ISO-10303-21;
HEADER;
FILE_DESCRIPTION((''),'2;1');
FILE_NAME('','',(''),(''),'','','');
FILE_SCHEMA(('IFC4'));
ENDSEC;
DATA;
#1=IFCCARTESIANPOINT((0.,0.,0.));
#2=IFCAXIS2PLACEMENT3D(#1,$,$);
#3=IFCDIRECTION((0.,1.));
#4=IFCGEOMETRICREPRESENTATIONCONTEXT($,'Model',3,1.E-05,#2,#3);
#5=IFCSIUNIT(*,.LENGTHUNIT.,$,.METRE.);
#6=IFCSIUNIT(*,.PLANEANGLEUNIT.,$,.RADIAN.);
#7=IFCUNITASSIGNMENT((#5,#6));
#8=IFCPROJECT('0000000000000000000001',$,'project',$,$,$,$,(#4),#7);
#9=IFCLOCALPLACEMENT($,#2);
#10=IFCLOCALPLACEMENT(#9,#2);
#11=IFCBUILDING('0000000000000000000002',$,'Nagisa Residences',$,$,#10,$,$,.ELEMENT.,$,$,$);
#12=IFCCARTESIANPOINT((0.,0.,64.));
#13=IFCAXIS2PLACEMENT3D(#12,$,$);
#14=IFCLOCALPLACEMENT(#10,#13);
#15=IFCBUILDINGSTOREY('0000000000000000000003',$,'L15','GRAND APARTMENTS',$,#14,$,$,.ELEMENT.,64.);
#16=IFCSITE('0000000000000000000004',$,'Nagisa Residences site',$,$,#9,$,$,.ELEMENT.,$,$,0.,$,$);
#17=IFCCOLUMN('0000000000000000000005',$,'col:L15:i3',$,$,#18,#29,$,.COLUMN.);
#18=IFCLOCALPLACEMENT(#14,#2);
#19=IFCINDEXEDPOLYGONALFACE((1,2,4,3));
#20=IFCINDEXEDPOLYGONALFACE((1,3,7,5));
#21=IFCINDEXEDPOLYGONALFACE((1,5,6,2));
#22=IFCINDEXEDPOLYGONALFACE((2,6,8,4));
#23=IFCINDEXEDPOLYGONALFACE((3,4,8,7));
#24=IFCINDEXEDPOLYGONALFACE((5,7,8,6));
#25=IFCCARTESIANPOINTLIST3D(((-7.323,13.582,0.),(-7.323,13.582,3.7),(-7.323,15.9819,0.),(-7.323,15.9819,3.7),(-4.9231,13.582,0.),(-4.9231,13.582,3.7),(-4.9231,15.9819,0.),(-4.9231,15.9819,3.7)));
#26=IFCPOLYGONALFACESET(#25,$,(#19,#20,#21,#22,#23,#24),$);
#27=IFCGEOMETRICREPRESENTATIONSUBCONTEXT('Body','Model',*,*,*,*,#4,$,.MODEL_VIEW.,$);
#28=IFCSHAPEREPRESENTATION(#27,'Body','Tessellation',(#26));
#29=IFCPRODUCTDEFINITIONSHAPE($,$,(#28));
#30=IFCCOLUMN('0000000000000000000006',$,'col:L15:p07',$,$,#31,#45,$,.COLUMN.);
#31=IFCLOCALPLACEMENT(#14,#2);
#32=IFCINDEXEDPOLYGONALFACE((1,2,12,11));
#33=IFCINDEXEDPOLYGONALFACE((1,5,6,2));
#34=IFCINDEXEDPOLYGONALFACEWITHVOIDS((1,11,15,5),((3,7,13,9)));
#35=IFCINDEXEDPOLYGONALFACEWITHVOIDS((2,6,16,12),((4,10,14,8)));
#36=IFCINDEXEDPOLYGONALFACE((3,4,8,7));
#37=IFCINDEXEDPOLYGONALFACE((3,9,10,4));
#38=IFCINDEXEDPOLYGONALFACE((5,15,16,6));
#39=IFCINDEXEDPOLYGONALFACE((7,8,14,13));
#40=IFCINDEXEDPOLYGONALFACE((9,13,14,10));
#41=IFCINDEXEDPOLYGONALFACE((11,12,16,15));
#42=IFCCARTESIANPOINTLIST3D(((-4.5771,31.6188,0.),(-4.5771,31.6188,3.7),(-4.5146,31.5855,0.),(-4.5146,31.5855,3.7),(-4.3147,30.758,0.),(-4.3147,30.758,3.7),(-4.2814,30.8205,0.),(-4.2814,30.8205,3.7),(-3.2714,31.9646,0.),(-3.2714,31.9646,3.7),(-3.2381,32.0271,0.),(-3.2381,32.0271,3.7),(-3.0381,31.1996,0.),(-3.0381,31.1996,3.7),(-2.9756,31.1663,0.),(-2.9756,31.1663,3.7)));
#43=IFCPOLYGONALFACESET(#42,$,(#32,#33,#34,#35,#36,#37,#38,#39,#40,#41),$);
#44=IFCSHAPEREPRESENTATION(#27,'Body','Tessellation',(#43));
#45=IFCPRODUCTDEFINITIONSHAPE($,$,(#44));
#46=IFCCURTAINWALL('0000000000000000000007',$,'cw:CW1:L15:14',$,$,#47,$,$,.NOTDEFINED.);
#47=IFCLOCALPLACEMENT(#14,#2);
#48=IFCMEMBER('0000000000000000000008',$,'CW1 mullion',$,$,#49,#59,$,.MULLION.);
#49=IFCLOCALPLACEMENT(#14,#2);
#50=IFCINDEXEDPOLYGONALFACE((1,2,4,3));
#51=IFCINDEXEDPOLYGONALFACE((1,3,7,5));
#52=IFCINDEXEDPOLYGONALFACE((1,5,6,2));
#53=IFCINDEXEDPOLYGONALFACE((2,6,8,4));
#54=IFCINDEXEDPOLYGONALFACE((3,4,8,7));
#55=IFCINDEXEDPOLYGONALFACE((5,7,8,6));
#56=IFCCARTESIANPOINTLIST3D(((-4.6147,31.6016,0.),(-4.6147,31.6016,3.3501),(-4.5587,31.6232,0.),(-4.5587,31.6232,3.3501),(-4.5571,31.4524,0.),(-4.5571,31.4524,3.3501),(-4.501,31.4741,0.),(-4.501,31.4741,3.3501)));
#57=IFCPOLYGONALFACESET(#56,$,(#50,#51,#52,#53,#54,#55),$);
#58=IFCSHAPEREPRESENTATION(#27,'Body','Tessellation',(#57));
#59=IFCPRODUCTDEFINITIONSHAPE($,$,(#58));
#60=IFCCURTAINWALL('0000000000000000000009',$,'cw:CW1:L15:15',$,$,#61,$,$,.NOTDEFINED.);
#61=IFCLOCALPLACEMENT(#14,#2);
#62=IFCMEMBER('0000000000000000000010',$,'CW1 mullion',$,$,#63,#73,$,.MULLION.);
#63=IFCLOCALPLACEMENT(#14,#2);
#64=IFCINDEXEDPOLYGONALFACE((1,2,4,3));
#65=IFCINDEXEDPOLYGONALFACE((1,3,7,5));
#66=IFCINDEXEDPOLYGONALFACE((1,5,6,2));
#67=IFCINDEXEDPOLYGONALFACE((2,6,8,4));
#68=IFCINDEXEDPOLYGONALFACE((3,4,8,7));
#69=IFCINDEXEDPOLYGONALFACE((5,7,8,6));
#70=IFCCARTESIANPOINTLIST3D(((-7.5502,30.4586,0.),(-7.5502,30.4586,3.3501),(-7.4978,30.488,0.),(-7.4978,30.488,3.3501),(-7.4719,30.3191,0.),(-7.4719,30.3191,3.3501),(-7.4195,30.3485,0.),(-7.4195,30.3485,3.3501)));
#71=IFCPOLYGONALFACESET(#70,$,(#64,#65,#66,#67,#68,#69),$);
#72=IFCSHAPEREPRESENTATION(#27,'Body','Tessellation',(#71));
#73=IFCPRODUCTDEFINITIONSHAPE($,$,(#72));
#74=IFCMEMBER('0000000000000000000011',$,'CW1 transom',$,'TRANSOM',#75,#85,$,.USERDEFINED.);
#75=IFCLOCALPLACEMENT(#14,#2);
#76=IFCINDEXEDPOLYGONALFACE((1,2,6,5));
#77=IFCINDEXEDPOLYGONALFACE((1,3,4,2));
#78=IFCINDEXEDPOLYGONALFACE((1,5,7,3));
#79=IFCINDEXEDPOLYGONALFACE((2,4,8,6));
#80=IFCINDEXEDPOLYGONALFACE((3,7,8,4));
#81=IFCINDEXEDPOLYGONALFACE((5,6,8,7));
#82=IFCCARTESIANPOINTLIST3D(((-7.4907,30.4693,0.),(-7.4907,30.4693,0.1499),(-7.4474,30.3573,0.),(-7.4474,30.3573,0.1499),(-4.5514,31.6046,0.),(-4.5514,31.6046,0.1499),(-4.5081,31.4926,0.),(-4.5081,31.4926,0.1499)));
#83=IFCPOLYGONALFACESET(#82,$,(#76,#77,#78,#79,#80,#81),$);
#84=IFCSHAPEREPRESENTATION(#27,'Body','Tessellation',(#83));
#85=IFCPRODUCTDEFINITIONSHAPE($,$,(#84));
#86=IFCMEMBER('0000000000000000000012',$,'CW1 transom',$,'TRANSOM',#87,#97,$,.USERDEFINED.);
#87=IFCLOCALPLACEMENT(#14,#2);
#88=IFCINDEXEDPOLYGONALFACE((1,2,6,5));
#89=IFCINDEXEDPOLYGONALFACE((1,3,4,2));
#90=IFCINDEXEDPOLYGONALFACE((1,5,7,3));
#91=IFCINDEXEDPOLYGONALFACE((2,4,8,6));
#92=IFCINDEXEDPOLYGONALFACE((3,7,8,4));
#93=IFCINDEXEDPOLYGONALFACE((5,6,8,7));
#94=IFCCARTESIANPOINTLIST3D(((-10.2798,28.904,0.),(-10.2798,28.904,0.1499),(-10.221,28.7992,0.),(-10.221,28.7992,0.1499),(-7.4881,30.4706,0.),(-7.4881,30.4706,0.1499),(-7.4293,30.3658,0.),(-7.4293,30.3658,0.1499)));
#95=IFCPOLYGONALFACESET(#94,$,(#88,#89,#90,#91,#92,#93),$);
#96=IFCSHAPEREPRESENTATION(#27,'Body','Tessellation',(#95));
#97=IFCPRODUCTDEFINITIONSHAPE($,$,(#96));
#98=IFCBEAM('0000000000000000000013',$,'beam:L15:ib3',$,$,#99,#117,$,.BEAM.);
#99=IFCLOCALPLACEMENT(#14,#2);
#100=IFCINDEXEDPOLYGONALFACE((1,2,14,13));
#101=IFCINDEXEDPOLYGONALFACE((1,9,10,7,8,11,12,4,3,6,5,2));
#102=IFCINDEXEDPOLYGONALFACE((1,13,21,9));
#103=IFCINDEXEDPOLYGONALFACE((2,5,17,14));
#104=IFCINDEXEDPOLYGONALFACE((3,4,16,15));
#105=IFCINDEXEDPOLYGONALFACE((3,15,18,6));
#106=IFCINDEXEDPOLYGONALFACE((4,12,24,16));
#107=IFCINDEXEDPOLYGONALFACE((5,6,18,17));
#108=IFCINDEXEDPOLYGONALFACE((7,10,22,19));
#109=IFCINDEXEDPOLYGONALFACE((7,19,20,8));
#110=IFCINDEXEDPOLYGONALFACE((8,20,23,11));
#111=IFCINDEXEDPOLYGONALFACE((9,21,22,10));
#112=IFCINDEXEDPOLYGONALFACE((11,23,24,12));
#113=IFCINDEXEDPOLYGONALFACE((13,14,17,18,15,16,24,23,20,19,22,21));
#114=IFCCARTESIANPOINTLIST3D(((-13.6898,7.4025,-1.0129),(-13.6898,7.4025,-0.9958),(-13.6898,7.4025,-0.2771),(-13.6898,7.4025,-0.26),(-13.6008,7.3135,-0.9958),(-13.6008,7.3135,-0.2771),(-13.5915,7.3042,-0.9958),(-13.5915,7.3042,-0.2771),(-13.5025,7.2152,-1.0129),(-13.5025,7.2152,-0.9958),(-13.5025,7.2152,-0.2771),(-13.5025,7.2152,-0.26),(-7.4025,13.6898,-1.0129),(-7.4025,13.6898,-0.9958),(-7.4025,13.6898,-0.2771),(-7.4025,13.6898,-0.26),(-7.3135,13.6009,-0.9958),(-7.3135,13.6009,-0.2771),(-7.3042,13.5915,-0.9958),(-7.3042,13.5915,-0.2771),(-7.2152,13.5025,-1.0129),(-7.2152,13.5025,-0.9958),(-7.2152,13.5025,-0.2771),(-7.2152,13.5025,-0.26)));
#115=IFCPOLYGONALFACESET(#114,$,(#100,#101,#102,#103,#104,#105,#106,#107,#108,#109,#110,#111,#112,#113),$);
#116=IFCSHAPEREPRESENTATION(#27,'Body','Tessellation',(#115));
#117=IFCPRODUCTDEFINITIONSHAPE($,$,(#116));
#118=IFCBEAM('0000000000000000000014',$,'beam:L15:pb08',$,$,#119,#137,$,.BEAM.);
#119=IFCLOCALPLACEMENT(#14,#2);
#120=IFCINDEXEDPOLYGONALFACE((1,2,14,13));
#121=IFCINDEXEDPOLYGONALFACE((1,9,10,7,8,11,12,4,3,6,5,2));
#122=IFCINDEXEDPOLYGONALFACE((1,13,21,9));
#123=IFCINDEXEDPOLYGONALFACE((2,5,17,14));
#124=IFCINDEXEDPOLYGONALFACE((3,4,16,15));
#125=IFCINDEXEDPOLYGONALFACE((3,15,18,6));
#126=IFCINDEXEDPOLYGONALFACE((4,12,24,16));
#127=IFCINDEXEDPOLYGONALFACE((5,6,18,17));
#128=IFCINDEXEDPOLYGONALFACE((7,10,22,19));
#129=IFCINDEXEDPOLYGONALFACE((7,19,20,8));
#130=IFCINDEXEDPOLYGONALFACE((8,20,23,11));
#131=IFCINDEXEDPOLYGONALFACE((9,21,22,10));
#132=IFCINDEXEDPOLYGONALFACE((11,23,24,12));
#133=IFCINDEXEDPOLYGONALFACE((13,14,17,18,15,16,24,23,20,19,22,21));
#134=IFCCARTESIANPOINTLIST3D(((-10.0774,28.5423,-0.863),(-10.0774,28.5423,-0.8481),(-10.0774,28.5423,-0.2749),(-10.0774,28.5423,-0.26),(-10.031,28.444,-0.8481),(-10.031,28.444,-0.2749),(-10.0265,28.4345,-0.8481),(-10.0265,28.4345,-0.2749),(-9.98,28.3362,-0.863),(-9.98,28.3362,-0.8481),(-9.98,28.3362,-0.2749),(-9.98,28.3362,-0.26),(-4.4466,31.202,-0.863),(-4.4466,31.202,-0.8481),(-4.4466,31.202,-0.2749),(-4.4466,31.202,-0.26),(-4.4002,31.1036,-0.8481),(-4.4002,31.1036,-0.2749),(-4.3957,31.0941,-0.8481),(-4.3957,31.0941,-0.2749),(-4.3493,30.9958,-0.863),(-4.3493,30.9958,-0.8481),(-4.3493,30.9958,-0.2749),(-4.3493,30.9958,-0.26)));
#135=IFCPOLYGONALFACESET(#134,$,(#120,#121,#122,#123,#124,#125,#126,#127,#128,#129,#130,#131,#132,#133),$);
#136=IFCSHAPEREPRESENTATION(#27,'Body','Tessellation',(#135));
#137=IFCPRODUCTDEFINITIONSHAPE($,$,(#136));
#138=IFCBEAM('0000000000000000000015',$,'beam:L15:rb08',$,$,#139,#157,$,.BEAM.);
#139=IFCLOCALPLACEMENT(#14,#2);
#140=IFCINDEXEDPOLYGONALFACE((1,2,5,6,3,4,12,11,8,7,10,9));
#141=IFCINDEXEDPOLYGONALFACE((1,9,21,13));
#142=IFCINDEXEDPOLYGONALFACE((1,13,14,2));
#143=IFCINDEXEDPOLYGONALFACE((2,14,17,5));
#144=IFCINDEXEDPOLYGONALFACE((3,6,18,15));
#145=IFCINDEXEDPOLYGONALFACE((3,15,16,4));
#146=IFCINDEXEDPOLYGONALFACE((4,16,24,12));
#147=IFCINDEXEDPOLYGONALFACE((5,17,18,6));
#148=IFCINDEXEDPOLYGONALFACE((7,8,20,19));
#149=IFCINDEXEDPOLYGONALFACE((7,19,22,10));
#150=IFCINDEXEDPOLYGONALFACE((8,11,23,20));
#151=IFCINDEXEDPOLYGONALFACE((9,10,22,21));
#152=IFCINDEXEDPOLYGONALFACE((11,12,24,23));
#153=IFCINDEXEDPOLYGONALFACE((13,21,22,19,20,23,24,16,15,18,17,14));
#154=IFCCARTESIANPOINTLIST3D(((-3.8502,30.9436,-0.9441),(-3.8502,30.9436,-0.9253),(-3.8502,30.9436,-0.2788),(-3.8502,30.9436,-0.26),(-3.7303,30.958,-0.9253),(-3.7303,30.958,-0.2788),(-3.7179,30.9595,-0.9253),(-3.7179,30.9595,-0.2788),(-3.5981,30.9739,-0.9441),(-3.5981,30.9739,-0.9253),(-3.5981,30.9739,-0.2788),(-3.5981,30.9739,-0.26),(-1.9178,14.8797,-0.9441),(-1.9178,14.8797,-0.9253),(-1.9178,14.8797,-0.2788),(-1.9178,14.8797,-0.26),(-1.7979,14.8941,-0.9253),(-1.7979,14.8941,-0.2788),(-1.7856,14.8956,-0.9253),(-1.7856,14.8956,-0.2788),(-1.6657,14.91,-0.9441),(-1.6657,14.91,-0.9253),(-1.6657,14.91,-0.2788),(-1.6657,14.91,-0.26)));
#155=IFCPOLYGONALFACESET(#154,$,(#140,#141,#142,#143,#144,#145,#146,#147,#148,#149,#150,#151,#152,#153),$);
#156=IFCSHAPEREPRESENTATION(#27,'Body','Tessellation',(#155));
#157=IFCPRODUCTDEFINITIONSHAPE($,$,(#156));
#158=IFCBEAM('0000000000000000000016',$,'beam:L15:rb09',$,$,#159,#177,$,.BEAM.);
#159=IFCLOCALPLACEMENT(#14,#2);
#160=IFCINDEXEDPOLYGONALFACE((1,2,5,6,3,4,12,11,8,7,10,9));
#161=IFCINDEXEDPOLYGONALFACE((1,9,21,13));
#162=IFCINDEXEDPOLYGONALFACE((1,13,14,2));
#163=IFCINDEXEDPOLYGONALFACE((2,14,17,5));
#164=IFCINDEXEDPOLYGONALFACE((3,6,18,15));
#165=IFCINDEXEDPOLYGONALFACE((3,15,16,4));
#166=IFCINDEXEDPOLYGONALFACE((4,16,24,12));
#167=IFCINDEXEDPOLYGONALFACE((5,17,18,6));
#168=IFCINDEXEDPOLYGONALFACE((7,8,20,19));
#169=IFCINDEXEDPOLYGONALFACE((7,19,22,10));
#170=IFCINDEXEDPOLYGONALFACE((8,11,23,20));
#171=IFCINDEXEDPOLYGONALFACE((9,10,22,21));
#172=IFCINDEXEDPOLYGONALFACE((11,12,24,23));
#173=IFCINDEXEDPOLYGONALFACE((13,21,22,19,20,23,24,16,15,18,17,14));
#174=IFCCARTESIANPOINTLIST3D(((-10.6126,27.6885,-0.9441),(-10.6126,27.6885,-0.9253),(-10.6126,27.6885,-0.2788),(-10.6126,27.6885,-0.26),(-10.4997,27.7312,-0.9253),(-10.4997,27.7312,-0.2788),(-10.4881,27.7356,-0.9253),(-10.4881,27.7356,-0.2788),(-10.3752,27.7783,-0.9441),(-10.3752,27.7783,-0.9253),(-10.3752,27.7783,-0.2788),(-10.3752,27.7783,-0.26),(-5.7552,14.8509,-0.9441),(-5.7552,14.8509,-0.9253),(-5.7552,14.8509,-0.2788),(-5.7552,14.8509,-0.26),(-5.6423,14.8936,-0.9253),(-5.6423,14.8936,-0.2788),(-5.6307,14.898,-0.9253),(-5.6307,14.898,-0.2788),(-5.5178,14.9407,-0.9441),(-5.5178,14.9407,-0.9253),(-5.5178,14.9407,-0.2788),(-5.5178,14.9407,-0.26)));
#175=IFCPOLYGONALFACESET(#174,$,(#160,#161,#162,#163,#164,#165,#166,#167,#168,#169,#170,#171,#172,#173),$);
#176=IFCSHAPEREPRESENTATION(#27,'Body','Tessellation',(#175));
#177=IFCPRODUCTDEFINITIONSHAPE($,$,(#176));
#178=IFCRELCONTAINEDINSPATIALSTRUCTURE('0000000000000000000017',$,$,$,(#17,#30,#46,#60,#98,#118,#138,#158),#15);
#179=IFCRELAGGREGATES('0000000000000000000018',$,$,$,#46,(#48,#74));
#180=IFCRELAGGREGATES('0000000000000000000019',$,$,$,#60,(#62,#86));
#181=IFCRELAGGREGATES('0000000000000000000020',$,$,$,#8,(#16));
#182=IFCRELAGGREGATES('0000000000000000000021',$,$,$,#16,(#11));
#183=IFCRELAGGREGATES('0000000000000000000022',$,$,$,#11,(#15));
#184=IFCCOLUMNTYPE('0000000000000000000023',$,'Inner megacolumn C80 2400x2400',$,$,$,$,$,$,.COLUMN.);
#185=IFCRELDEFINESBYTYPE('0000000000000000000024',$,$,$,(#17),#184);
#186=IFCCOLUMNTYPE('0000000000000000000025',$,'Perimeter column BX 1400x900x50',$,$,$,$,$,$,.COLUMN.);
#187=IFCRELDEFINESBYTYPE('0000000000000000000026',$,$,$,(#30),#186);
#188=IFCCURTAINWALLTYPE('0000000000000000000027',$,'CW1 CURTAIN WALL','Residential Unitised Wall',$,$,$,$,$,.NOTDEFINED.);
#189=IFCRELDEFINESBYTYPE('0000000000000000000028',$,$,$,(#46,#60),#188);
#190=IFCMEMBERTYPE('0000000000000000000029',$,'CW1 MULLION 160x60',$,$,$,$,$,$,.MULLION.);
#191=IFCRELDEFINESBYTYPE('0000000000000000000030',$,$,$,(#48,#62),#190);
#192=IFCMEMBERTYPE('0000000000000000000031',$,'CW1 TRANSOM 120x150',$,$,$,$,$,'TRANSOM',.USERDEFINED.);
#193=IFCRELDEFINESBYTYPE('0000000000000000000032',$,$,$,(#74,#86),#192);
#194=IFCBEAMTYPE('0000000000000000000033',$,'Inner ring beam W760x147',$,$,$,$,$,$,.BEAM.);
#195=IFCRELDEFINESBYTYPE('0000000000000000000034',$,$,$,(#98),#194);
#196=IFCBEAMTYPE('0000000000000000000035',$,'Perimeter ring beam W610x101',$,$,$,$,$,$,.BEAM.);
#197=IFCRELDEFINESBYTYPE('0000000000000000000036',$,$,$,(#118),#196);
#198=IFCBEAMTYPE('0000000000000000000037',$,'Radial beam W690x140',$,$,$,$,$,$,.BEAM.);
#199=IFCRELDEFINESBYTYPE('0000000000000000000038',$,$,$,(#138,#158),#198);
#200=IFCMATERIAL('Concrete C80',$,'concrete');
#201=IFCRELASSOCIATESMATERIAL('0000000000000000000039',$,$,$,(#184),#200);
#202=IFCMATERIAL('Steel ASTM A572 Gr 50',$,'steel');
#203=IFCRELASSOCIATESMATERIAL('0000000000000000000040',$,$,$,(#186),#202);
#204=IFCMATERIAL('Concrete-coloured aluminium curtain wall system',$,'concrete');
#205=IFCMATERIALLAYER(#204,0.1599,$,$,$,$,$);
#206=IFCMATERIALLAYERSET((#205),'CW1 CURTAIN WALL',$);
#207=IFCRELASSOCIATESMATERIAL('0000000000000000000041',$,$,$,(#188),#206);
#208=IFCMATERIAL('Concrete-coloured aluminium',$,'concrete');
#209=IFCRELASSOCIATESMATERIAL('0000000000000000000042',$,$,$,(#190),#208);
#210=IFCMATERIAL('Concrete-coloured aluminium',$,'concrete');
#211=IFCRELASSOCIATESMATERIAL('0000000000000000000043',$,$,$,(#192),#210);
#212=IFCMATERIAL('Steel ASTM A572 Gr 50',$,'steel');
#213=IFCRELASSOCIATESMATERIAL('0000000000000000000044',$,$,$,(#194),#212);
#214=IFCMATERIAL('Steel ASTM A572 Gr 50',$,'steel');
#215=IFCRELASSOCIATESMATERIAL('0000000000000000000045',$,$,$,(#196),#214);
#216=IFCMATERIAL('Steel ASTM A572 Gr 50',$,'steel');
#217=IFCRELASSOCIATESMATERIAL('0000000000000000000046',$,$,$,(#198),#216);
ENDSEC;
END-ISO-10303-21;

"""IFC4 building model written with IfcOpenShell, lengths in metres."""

from ifc_helpers import new_model, si_unit, direction, frame, origin, origin_2d, place, context, subcontext, project, spatial, rectangle, hollow_rectangle, i_section, extrude, material, layer, layer_set, material_profile, profile_set, type_object, element, aggregate, save


model = new_model("IFC4")

# Units and contexts
model_context = context("Model", 3, precision=1e-05, world=origin(), true_north=direction((0.0, 1.0)))
body_context = subcontext(model_context, "Body", "Model", "MODEL_VIEW")
ifc_project = project(units=[si_unit("LENGTHUNIT", "METRE"), si_unit("PLANEANGLEUNIT", "RADIAN")], contexts=[model_context])

# Site, building, storey
site_placement = place(None, origin())
site = spatial("IfcSite", under=ifc_project, at=site_placement, Name="Nagisa Residences site", CompositionType="ELEMENT", RefElevation=0.0)
building_placement = place(site_placement, origin())
building = spatial("IfcBuilding", under=site, at=building_placement, Name="Nagisa Residences", CompositionType="ELEMENT")
storey_placement = place(building_placement, frame((0.0, 0.0, 64.0)))
storey = spatial("IfcBuildingStorey", under=building, at=storey_placement, Name="L15", Description="GRAND APARTMENTS", CompositionType="ELEMENT", Elevation=64.0)

# Columns
ifc_material_1 = material(Name="Concrete C80", Category="concrete")
ifc_material_profile_1 = material_profile(ifc_material_1, rectangle(XDim=2.3999, YDim=2.3999, at=origin_2d()), Name="C80 2400x2400")
ifc_profile_set_1 = profile_set([ifc_material_profile_1], Name="Concrete C80")
column_type_1 = type_object("IfcColumnType", Name="Inner megacolumn C80 2400x2400", PredefinedType="COLUMN", material=ifc_profile_set_1)
column_1_placement = place(storey_placement, frame((-6.123, 14.782, 0.0), z_axis=(0.0, 0.0, 1.0), x_axis=(1.0, 0.0, 0.0)))
element("IfcColumn", 1, at=column_1_placement, inside=storey, type_object=column_type_1, Name="col:L15:i3", PredefinedType="COLUMN", context=body_context, shape_type="SweptSolid", body=[
    extrude(rectangle(XDim=2.3999, YDim=2.3999, at=origin_2d()), origin(), (0.0, 0.0, 1.0), 3.7),
])
ifc_material_2 = material(Name="Steel ASTM A572 Gr 50", Category="steel")
ifc_material_profile_2 = material_profile(ifc_material_2, hollow_rectangle(XDim=1.3999, YDim=0.8999, WallThickness=0.05, at=origin_2d()), Name="BX 1400x900x50")
ifc_profile_set_2 = profile_set([ifc_material_profile_2], Name="Steel ASTM A572 Gr 50")
column_type_2 = type_object("IfcColumnType", Name="Perimeter column BX 1400x900x50", PredefinedType="COLUMN", material=ifc_profile_set_2)
column_2_placement = place(storey_placement, frame((-3.7764, 31.3926, 0.0), z_axis=(0.0, 0.0, 1.0), x_axis=(-0.956525, -0.291652, 0.0)))
element("IfcColumn", 2, at=column_2_placement, inside=storey, type_object=column_type_2, Name="col:L15:p07", PredefinedType="COLUMN", context=body_context, shape_type="SweptSolid", body=[
    extrude(hollow_rectangle(XDim=1.3999, YDim=0.8999, WallThickness=0.05, at=origin_2d()), origin(), (0.0, 0.0, 1.0), 3.7),
])

# Curtain walls, members
ifc_material_3 = material(Name="Concrete-coloured aluminium curtain wall system", Category="concrete")
ifc_layer_1 = layer(ifc_material_3, 0.1599)
ifc_layer_set_1 = layer_set([ifc_layer_1], Name="CW1 CURTAIN WALL")
curtain_wall_type = type_object("IfcCurtainWallType", Name="CW1 CURTAIN WALL", Description="Residential Unitised Wall", PredefinedType="NOTDEFINED", material=ifc_layer_set_1)
curtain_wall_1_placement = place(storey_placement, origin())
curtain_wall_1 = element("IfcCurtainWall", 3, at=curtain_wall_1_placement, inside=storey, type_object=curtain_wall_type, Name="cw:CW1:L15:14", PredefinedType="NOTDEFINED")
ifc_material_4 = material(Name="Concrete-coloured aluminium", Category="concrete")
ifc_material_profile_3 = material_profile(ifc_material_4, rectangle(XDim=0.1599, YDim=0.0601, at=origin_2d()), Name="CW1 MULLION 160x60")
ifc_profile_set_3 = profile_set([ifc_material_profile_3], Name="Concrete-coloured aluminium")
member_type_1 = type_object("IfcMemberType", Name="CW1 MULLION 160x60", PredefinedType="MULLION", material=ifc_profile_set_3)
member_1_placement = place(storey_placement, frame((-4.5579, 31.5378, 0.0), z_axis=(0.0, 0.0, 1.0), x_axis=(0.360328, -0.932826, 0.0)))
member_1 = element("IfcMember", 4, at=member_1_placement, type_object=member_type_1, Name="CW1 mullion", PredefinedType="MULLION", context=body_context, shape_type="SweptSolid", body=[
    extrude(rectangle(XDim=0.1599, YDim=0.0601, at=origin_2d()), origin(), (0.0, 0.0, 1.0), 3.3501),
])
curtain_wall_2_placement = place(storey_placement, origin())
curtain_wall_2 = element("IfcCurtainWall", 5, at=curtain_wall_2_placement, inside=storey, type_object=curtain_wall_type, Name="cw:CW1:L15:15", PredefinedType="NOTDEFINED")
member_2_placement = place(storey_placement, frame((-7.4849, 30.4036, 0.0), z_axis=(0.0, 0.0, 1.0), x_axis=(0.489377, -0.872072, 0.0)))
member_2 = element("IfcMember", 6, at=member_2_placement, type_object=member_type_1, Name="CW1 mullion", PredefinedType="MULLION", context=body_context, shape_type="SweptSolid", body=[
    extrude(rectangle(XDim=0.1599, YDim=0.0601, at=origin_2d()), origin(), (0.0, 0.0, 1.0), 3.3501),
])

# Members
ifc_material_5 = material(Name="Concrete-coloured aluminium", Category="concrete")
ifc_material_profile_4 = material_profile(ifc_material_5, rectangle(XDim=0.1201, YDim=0.1499, at=origin_2d()), Name="CW1 TRANSOM 120x150")
ifc_profile_set_4 = profile_set([ifc_material_profile_4], Name="Concrete-coloured aluminium")
member_type_2 = type_object("IfcMemberType", Name="CW1 TRANSOM 120x150", ElementType="TRANSOM", PredefinedType="USERDEFINED", material=ifc_profile_set_4)
member_3_placement = place(storey_placement, frame((-4.5298, 31.5486, 0.075), z_axis=(-0.932835, -0.360303, 0.0), x_axis=(0.360303, -0.932835, 0.0)))
member_3 = element("IfcMember", 7, at=member_3_placement, type_object=member_type_2, Name="CW1 transom", ObjectType="TRANSOM", PredefinedType="USERDEFINED", context=body_context, shape_type="SweptSolid", body=[
    extrude(rectangle(XDim=0.1201, YDim=0.1499, at=origin_2d()), origin(), (0.0, 0.0, 1.0), 3.1509),
])
member_4_placement = place(storey_placement, frame((-7.4587, 30.4182, 0.075), z_axis=(-0.87207, -0.489381, 0.0), x_axis=(0.489381, -0.87207, 0.0)))
member_4 = element("IfcMember", 8, at=member_4_placement, type_object=member_type_2, Name="CW1 transom", ObjectType="TRANSOM", PredefinedType="USERDEFINED", context=body_context, shape_type="SweptSolid", body=[
    extrude(rectangle(XDim=0.1201, YDim=0.1499, at=origin_2d()), origin(), (0.0, 0.0, 1.0), 3.2012),
])

# Beams
ifc_material_6 = material(Name="Steel ASTM A572 Gr 50", Category="steel")
ifc_material_profile_5 = material_profile(ifc_material_6, i_section(OverallWidth=0.2649, OverallDepth=0.7529, WebThickness=0.0132, FlangeThickness=0.0171, at=origin_2d()), Name="W760x147")
ifc_profile_set_5 = profile_set([ifc_material_profile_5], Name="Steel ASTM A572 Gr 50")
beam_type_1 = type_object("IfcBeamType", Name="Inner ring beam W760x147", PredefinedType="BEAM", material=ifc_profile_set_5)
beam_1_placement = place(storey_placement, frame((-7.3088, 13.5962, -0.6365), z_axis=(-0.707107, -0.707107, 0.0), x_axis=(0.707107, -0.707107, 0.0)))
element("IfcBeam", 9, at=beam_1_placement, inside=storey, type_object=beam_type_1, Name="beam:L15:ib3", PredefinedType="BEAM", context=body_context, shape_type="SweptSolid", body=[
    extrude(i_section(OverallWidth=0.2649, OverallDepth=0.7529, WebThickness=0.0132, FlangeThickness=0.0171, at=origin_2d()), origin(), (0.0, 0.0, 1.0), 8.8916),
])
ifc_material_7 = material(Name="Steel ASTM A572 Gr 50", Category="steel")
ifc_material_profile_6 = material_profile(ifc_material_7, i_section(OverallWidth=0.228, OverallDepth=0.603, WebThickness=0.0105, FlangeThickness=0.0149, at=origin_2d()), Name="W610x101")
ifc_profile_set_6 = profile_set([ifc_material_profile_6], Name="Steel ASTM A572 Gr 50")
beam_type_2 = type_object("IfcBeamType", Name="Perimeter ring beam W610x101", PredefinedType="BEAM", material=ifc_profile_set_6)
beam_2_placement = place(storey_placement, frame((-4.3979, 31.0989, -0.5615), z_axis=(-0.904208, -0.427092, 0.0), x_axis=(0.427092, -0.904208, 0.0)))
element("IfcBeam", 10, at=beam_2_placement, inside=storey, type_object=beam_type_2, Name="beam:L15:pb08", PredefinedType="BEAM", context=body_context, shape_type="SweptSolid", body=[
    extrude(i_section(OverallWidth=0.228, OverallDepth=0.603, WebThickness=0.0105, FlangeThickness=0.0149, at=origin_2d()), origin(), (0.0, 0.0, 1.0), 6.2273),
])
ifc_material_8 = material(Name="Steel ASTM A572 Gr 50", Category="steel")
ifc_material_profile_7 = material_profile(ifc_material_8, i_section(OverallWidth=0.2539, OverallDepth=0.6841, WebThickness=0.0125, FlangeThickness=0.0188, at=origin_2d()), Name="W690x140")
ifc_profile_set_7 = profile_set([ifc_material_profile_7], Name="Steel ASTM A572 Gr 50")
beam_type_3 = type_object("IfcBeamType", Name="Radial beam W690x140", PredefinedType="BEAM", material=ifc_profile_set_7)
beam_3_placement = place(storey_placement, frame((-3.7241, 30.9587, -0.6021), z_axis=(0.119431, -0.992842, 0.0), x_axis=(0.992842, 0.119431, 0.0)))
element("IfcBeam", 11, at=beam_3_placement, inside=storey, type_object=beam_type_3, Name="beam:L15:rb08", PredefinedType="BEAM", context=body_context, shape_type="SweptSolid", body=[
    extrude(i_section(OverallWidth=0.2539, OverallDepth=0.6841, WebThickness=0.0125, FlangeThickness=0.0188, at=origin_2d()), origin(), (0.0, 0.0, 1.0), 16.1797),
])
beam_4_placement = place(storey_placement, frame((-10.4939, 27.7334, -0.6021), z_axis=(0.353888, -0.935288, 0.0), x_axis=(0.935288, 0.353888, 0.0)))
element("IfcBeam", 12, at=beam_4_placement, inside=storey, type_object=beam_type_3, Name="beam:L15:rb09", PredefinedType="BEAM", context=body_context, shape_type="SweptSolid", body=[
    extrude(i_section(OverallWidth=0.2539, OverallDepth=0.6841, WebThickness=0.0125, FlangeThickness=0.0188, at=origin_2d()), origin(), (0.0, 0.0, 1.0), 13.7258),
])

aggregate(curtain_wall_1, [member_1, member_3])
aggregate(curtain_wall_2, [member_2, member_4])

save(model, "model.ifc")
